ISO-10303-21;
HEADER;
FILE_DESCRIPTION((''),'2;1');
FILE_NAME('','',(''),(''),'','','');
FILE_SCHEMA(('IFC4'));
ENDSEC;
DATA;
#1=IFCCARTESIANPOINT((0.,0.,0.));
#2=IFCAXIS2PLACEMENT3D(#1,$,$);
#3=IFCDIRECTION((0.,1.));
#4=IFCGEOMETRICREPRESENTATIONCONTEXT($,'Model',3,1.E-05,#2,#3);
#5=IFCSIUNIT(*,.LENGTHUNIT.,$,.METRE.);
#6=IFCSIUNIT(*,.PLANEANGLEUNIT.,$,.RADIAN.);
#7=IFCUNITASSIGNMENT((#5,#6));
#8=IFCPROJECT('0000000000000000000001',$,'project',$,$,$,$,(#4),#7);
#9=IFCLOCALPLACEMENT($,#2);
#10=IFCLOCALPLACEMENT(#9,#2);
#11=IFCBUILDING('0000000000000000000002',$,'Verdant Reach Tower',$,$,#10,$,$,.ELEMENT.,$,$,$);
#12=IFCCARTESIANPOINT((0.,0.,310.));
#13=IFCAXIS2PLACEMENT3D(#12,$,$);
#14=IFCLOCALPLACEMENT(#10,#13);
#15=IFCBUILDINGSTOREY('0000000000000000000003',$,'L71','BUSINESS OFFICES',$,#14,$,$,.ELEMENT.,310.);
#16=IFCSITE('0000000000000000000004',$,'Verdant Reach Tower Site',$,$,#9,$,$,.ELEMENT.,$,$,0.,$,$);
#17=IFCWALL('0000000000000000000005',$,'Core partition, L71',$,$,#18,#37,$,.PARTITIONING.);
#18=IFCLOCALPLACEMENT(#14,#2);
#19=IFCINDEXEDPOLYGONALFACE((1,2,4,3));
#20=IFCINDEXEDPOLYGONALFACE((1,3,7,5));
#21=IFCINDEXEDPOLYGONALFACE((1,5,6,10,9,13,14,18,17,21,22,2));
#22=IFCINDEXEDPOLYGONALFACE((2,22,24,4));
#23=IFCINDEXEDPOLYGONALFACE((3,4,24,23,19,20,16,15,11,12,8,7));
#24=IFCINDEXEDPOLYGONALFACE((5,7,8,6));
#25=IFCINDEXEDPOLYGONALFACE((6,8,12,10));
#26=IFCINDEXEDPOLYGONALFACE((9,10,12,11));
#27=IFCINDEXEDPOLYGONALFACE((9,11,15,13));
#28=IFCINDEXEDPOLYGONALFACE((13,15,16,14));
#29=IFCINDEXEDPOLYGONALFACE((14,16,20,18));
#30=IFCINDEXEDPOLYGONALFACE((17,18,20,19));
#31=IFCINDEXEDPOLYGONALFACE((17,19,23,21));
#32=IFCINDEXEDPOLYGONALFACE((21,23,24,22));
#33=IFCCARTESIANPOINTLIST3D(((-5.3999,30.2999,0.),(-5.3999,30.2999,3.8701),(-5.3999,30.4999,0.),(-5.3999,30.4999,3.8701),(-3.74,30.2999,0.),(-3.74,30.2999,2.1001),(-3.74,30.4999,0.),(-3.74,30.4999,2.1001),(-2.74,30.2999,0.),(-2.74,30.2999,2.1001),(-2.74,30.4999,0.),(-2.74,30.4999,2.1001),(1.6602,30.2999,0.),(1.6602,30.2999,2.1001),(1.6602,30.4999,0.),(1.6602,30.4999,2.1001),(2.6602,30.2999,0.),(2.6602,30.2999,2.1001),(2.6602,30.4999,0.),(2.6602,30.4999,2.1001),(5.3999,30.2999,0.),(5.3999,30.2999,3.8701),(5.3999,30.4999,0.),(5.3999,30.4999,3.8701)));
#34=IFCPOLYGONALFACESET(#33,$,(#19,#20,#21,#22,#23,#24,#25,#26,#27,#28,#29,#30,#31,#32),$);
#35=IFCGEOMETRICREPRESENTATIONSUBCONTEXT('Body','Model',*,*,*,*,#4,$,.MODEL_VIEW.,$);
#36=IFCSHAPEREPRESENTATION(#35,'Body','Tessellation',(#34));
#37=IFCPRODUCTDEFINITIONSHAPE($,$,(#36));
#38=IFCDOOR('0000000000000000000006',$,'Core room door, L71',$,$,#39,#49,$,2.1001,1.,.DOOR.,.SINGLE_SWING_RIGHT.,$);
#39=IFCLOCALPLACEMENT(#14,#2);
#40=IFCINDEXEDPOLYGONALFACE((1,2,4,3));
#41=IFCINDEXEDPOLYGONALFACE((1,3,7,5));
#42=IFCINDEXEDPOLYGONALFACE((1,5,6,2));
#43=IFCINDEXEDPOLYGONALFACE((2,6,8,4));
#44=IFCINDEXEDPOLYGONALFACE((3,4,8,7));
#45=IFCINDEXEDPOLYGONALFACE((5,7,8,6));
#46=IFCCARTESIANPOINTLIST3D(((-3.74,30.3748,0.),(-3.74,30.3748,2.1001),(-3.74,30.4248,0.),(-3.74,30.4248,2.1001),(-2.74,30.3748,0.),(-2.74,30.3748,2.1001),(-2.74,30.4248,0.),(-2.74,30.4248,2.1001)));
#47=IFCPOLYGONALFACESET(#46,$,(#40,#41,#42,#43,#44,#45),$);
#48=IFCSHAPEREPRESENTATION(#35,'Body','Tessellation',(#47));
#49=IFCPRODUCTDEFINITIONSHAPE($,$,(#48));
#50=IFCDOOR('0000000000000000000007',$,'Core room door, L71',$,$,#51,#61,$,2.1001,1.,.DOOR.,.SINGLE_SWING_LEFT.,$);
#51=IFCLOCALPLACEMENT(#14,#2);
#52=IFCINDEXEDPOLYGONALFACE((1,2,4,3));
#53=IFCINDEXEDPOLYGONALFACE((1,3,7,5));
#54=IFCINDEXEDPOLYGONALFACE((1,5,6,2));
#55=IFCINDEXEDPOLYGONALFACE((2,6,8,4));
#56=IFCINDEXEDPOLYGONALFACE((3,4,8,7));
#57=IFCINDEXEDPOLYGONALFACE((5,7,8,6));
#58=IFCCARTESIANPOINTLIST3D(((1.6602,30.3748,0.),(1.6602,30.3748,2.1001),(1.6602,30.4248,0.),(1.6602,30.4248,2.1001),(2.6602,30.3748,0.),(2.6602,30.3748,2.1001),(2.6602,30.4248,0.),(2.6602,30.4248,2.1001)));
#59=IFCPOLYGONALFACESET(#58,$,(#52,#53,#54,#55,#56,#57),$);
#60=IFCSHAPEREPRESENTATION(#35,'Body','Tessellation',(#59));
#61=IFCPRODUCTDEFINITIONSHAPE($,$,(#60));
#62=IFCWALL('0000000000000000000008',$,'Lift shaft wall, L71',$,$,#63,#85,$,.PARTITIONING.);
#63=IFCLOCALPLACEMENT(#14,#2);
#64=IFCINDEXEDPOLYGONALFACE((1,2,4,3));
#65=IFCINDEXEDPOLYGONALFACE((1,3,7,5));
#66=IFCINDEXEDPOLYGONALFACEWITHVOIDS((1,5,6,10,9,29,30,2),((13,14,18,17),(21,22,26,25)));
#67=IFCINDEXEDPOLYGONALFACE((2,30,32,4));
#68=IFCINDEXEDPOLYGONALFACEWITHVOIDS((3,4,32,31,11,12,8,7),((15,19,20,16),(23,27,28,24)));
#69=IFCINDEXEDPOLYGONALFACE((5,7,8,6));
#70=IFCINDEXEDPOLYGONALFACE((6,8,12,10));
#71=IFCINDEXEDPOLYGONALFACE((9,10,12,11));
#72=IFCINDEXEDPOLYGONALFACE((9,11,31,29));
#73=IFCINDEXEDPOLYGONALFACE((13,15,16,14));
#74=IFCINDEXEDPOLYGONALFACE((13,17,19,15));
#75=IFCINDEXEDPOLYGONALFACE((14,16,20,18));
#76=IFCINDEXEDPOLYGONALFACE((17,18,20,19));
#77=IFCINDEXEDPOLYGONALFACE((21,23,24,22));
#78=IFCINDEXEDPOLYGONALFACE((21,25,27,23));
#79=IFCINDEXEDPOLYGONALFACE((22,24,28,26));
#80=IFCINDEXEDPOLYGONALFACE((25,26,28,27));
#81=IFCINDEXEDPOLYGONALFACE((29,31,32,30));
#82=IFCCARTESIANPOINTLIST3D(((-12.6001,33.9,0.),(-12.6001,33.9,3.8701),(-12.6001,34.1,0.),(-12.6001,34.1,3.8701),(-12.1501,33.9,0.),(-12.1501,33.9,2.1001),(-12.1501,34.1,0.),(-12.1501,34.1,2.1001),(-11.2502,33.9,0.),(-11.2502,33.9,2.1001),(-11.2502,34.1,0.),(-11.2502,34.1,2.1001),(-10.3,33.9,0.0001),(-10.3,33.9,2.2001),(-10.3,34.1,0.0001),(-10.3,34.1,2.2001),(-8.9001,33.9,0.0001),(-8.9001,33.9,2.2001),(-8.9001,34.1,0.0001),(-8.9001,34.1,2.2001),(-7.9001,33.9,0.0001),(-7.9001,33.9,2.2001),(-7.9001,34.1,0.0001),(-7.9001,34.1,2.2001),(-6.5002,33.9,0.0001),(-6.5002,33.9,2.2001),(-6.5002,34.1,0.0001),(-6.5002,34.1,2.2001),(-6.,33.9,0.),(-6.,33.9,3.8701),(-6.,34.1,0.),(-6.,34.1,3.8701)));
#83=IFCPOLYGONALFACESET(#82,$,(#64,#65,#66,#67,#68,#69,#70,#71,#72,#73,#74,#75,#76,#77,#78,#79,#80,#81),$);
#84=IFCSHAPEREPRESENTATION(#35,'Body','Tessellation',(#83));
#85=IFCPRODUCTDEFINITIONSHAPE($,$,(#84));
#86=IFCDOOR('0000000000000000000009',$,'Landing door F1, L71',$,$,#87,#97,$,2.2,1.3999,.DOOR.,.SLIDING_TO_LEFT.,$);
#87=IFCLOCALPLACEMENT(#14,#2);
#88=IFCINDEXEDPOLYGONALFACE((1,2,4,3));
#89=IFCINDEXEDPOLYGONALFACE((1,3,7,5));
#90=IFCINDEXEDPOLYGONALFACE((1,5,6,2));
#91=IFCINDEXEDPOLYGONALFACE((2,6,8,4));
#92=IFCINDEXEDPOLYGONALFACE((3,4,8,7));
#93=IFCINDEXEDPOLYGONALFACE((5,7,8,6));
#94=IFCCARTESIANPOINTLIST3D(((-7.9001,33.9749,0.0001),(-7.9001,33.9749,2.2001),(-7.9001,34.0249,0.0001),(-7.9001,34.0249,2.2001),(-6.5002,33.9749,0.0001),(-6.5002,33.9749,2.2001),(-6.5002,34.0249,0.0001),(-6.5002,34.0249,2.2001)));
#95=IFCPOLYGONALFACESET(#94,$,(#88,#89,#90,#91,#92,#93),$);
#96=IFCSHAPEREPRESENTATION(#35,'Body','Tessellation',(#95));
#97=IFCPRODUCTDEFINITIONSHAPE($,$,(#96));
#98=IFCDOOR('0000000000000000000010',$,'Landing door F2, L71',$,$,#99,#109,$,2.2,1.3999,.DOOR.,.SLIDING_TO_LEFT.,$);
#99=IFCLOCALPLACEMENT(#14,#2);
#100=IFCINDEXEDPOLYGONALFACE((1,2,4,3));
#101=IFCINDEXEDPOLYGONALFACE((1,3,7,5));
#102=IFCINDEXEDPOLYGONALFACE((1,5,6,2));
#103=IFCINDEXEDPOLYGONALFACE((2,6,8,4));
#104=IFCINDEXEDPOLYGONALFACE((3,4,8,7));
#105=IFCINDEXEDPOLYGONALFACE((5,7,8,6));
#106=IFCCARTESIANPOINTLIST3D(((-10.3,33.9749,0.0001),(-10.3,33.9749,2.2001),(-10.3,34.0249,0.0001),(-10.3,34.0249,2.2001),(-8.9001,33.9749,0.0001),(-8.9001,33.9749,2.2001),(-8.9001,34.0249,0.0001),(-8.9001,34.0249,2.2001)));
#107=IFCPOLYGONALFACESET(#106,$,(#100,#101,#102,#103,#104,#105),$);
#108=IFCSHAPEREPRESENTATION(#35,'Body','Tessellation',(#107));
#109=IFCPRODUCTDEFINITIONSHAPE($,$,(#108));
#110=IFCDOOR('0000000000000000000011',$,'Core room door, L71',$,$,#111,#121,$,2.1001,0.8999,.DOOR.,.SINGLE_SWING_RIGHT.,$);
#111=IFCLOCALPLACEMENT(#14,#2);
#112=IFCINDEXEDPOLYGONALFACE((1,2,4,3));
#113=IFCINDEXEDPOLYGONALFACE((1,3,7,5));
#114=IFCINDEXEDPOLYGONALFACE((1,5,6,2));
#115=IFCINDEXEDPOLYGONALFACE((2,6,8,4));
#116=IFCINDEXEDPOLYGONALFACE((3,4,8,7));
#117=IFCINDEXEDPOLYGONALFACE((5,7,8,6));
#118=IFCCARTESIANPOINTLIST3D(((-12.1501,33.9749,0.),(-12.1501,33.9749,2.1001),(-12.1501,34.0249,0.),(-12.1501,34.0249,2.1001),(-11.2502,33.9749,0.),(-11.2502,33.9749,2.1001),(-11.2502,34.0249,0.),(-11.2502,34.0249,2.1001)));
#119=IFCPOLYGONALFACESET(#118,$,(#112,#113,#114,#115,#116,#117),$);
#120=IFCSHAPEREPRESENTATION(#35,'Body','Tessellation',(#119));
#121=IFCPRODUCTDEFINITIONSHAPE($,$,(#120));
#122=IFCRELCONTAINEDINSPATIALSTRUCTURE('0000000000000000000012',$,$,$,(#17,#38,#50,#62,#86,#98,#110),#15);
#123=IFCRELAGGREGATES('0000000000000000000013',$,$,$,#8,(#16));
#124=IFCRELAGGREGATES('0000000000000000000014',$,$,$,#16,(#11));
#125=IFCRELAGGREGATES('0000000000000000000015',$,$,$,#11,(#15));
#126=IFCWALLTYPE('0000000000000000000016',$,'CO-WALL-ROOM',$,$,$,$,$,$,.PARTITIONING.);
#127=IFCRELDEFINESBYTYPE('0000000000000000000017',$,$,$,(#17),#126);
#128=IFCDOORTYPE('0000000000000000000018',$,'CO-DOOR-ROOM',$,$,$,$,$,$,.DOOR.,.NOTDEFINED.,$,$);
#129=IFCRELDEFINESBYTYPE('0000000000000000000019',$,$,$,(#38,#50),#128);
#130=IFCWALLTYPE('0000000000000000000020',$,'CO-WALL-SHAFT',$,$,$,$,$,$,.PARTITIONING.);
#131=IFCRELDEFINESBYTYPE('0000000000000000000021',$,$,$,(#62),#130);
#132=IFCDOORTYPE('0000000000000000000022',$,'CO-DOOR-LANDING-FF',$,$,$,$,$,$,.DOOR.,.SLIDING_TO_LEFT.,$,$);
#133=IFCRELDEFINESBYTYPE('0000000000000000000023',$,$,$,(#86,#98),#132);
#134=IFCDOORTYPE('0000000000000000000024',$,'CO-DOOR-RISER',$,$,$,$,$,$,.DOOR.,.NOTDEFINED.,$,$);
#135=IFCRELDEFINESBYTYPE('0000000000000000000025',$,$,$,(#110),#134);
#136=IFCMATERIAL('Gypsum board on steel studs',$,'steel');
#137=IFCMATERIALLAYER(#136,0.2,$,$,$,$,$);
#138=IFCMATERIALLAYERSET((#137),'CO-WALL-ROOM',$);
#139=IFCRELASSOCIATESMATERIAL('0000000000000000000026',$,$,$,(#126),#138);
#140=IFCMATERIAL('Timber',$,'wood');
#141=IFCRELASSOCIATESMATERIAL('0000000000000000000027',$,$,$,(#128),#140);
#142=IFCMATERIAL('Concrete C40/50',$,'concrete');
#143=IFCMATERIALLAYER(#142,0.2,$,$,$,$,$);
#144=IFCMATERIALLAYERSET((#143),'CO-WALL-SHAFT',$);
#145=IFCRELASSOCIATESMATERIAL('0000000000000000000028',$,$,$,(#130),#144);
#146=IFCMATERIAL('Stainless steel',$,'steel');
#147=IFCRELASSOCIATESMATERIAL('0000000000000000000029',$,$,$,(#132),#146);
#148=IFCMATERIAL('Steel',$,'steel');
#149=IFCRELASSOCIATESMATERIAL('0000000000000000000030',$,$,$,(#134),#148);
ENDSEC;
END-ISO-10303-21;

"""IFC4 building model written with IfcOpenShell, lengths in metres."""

from ifc_helpers import new_model, si_unit, direction, frame, frame_2d, origin, place, context, subcontext, project, spatial, rectangle, extrude, material, layer, layer_set, type_object, element, fill, save


model = new_model("IFC4")

# Units and contexts
model_context = context("Model", 3, precision=1e-05, world=origin(), true_north=direction((0.0, 1.0)))
body_context = subcontext(model_context, "Body", "Model", "MODEL_VIEW")
ifc_project = project(units=[si_unit("LENGTHUNIT", "METRE"), si_unit("PLANEANGLEUNIT", "RADIAN")], contexts=[model_context])

# Site, building, storey
site_placement = place(None, origin())
site = spatial("IfcSite", under=ifc_project, at=site_placement, Name="Verdant Reach Tower Site", CompositionType="ELEMENT", RefElevation=0.0)
building_placement = place(site_placement, origin())
building = spatial("IfcBuilding", under=site, at=building_placement, Name="Verdant Reach Tower", CompositionType="ELEMENT")
storey_placement = place(building_placement, frame((0.0, 0.0, 310.0)))
storey = spatial("IfcBuildingStorey", under=building, at=storey_placement, Name="L71", Description="BUSINESS OFFICES", CompositionType="ELEMENT", Elevation=310.0)

# Walls, openings, doors
ifc_material_1 = material(Name="Gypsum board on steel studs", Category="steel")
ifc_layer_1 = layer(ifc_material_1, 0.2)
ifc_layer_set_1 = layer_set([ifc_layer_1], Name="CO-WALL-ROOM")
wall_type_1 = type_object("IfcWallType", Name="CO-WALL-ROOM", PredefinedType="PARTITIONING", material=ifc_layer_set_1)
wall_1_placement = place(storey_placement, frame((-5.3999, 30.3999, 0.0), z_axis=(0.0, 0.0, 1.0), x_axis=(1.0, 0.0, 0.0)))
wall_1 = element("IfcWall", 1, at=wall_1_placement, inside=storey, type_object=wall_type_1, Name="Core partition, L71", PredefinedType="PARTITIONING", context=body_context, shape_type="SweptSolid", body=[
    extrude(rectangle(XDim=10.7998, YDim=0.2, at=frame_2d((5.3999, 0.0))), origin(), (0.0, 0.0, 1.0), 3.8701),
])
opening_1_placement = place(wall_1_placement, frame((1.6599, 0.0, 0.0)))
opening_1 = element("IfcOpeningElement", 2, at=opening_1_placement, cuts=wall_1, PredefinedType="OPENING", context=body_context, shape_type="SweptSolid", body=[
    extrude(rectangle(XDim=1.0, YDim=2.1001, at=frame_2d((0.5, 1.05))), frame((0.0, 0.1099, 0.0), z_axis=(0.0, -1.0, 0.0), x_axis=(1.0, 0.0, 0.0)), (0.0, 0.0, 1.0), 0.22),
])
opening_2_placement = place(wall_1_placement, frame((7.0601, 0.0, 0.0)))
opening_2 = element("IfcOpeningElement", 3, at=opening_2_placement, cuts=wall_1, PredefinedType="OPENING", context=body_context, shape_type="SweptSolid", body=[
    extrude(rectangle(XDim=1.0, YDim=2.1001, at=frame_2d((0.5, 1.05))), frame((0.0, 0.1099, 0.0), z_axis=(0.0, -1.0, 0.0), x_axis=(1.0, 0.0, 0.0)), (0.0, 0.0, 1.0), 0.22),
])
ifc_material_2 = material(Name="Timber", Category="wood")
door_type_1 = type_object("IfcDoorType", Name="CO-DOOR-ROOM", OperationType="NOTDEFINED", PredefinedType="DOOR", material=ifc_material_2)
door_1_placement = place(opening_1_placement, origin())
door_1 = element("IfcDoor", 4, at=door_1_placement, inside=storey, type_object=door_type_1, Name="Core room door, L71", OperationType="SINGLE_SWING_RIGHT", OverallHeight=2.1001, OverallWidth=1.0, PredefinedType="DOOR", context=body_context, shape_type="SweptSolid", body=[
    extrude(rectangle(XDim=1.0, YDim=2.1001, at=frame_2d((0.5, 1.05))), frame((0.0, 0.0249, 0.0), z_axis=(0.0, -1.0, 0.0), x_axis=(1.0, 0.0, 0.0)), (0.0, 0.0, 1.0), 0.05),
])
fill(opening_1, door_1)
door_2_placement = place(opening_2_placement, origin())
door_2 = element("IfcDoor", 5, at=door_2_placement, inside=storey, type_object=door_type_1, Name="Core room door, L71", OperationType="SINGLE_SWING_LEFT", OverallHeight=2.1001, OverallWidth=1.0, PredefinedType="DOOR", context=body_context, shape_type="SweptSolid", body=[
    extrude(rectangle(XDim=1.0, YDim=2.1001, at=frame_2d((0.5, 1.05))), frame((0.0, 0.0249, 0.0), z_axis=(0.0, -1.0, 0.0), x_axis=(1.0, 0.0, 0.0)), (0.0, 0.0, 1.0), 0.05),
])
fill(opening_2, door_2)
ifc_material_3 = material(Name="Concrete C40/50", Category="concrete")
ifc_layer_2 = layer(ifc_material_3, 0.2)
ifc_layer_set_2 = layer_set([ifc_layer_2], Name="CO-WALL-SHAFT")
wall_type_2 = type_object("IfcWallType", Name="CO-WALL-SHAFT", PredefinedType="PARTITIONING", material=ifc_layer_set_2)
wall_2_placement = place(storey_placement, frame((-12.6001, 34.0, 0.0), z_axis=(0.0, 0.0, 1.0), x_axis=(1.0, 0.0, 0.0)))
wall_2 = element("IfcWall", 6, at=wall_2_placement, inside=storey, type_object=wall_type_2, Name="Lift shaft wall, L71", PredefinedType="PARTITIONING", context=body_context, shape_type="SweptSolid", body=[
    extrude(rectangle(XDim=6.6001, YDim=0.2, at=frame_2d((3.3, 0.0))), origin(), (0.0, 0.0, 1.0), 3.8701),
])
opening_3_placement = place(wall_2_placement, frame((4.7, 0.0, 0.0)))
opening_3 = element("IfcOpeningElement", 7, at=opening_3_placement, cuts=wall_2, PredefinedType="OPENING", context=body_context, shape_type="SweptSolid", body=[
    extrude(rectangle(XDim=1.3999, YDim=2.2, at=frame_2d((0.7, 1.1001))), frame((0.0, 0.1099, 0.0), z_axis=(0.0, -1.0, 0.0), x_axis=(1.0, 0.0, 0.0)), (0.0, 0.0, 1.0), 0.22),
])
opening_4_placement = place(wall_2_placement, frame((2.3, 0.0, 0.0)))
opening_4 = element("IfcOpeningElement", 8, at=opening_4_placement, cuts=wall_2, PredefinedType="OPENING", context=body_context, shape_type="SweptSolid", body=[
    extrude(rectangle(XDim=1.3999, YDim=2.2, at=frame_2d((0.7, 1.1001))), frame((0.0, 0.1099, 0.0), z_axis=(0.0, -1.0, 0.0), x_axis=(1.0, 0.0, 0.0)), (0.0, 0.0, 1.0), 0.22),
])
opening_5_placement = place(wall_2_placement, frame((0.45, 0.0, 0.0)))
opening_5 = element("IfcOpeningElement", 9, at=opening_5_placement, cuts=wall_2, PredefinedType="OPENING", context=body_context, shape_type="SweptSolid", body=[
    extrude(rectangle(XDim=0.8999, YDim=2.1001, at=frame_2d((0.45, 1.05))), frame((0.0, 0.1099, 0.0), z_axis=(0.0, -1.0, 0.0), x_axis=(1.0, 0.0, 0.0)), (0.0, 0.0, 1.0), 0.22),
])
ifc_material_4 = material(Name="Stainless steel", Category="steel")
door_type_2 = type_object("IfcDoorType", Name="CO-DOOR-LANDING-FF", OperationType="SLIDING_TO_LEFT", PredefinedType="DOOR", material=ifc_material_4)
door_3_placement = place(opening_3_placement, origin())
door_3 = element("IfcDoor", 10, at=door_3_placement, inside=storey, type_object=door_type_2, Name="Landing door F1, L71", OperationType="SLIDING_TO_LEFT", OverallHeight=2.2, OverallWidth=1.3999, PredefinedType="DOOR", context=body_context, shape_type="SweptSolid", body=[
    extrude(rectangle(XDim=1.3999, YDim=2.2, at=frame_2d((0.7, 1.1001))), frame((0.0, 0.0249, 0.0), z_axis=(0.0, -1.0, 0.0), x_axis=(1.0, 0.0, 0.0)), (0.0, 0.0, 1.0), 0.05),
])
fill(opening_3, door_3)
door_4_placement = place(opening_4_placement, origin())
door_4 = element("IfcDoor", 11, at=door_4_placement, inside=storey, type_object=door_type_2, Name="Landing door F2, L71", OperationType="SLIDING_TO_LEFT", OverallHeight=2.2, OverallWidth=1.3999, PredefinedType="DOOR", context=body_context, shape_type="SweptSolid", body=[
    extrude(rectangle(XDim=1.3999, YDim=2.2, at=frame_2d((0.7, 1.1001))), frame((0.0, 0.0249, 0.0), z_axis=(0.0, -1.0, 0.0), x_axis=(1.0, 0.0, 0.0)), (0.0, 0.0, 1.0), 0.05),
])
fill(opening_4, door_4)
ifc_material_5 = material(Name="Steel", Category="steel")
door_type_3 = type_object("IfcDoorType", Name="CO-DOOR-RISER", OperationType="NOTDEFINED", PredefinedType="DOOR", material=ifc_material_5)
door_5_placement = place(opening_5_placement, origin())
door_5 = element("IfcDoor", 12, at=door_5_placement, inside=storey, type_object=door_type_3, Name="Core room door, L71", OperationType="SINGLE_SWING_RIGHT", OverallHeight=2.1001, OverallWidth=0.8999, PredefinedType="DOOR", context=body_context, shape_type="SweptSolid", body=[
    extrude(rectangle(XDim=0.8999, YDim=2.1001, at=frame_2d((0.45, 1.05))), frame((0.0, 0.0249, 0.0), z_axis=(0.0, -1.0, 0.0), x_axis=(1.0, 0.0, 0.0)), (0.0, 0.0, 1.0), 0.05),
])
fill(opening_5, door_5)

save(model, "model.ifc")
